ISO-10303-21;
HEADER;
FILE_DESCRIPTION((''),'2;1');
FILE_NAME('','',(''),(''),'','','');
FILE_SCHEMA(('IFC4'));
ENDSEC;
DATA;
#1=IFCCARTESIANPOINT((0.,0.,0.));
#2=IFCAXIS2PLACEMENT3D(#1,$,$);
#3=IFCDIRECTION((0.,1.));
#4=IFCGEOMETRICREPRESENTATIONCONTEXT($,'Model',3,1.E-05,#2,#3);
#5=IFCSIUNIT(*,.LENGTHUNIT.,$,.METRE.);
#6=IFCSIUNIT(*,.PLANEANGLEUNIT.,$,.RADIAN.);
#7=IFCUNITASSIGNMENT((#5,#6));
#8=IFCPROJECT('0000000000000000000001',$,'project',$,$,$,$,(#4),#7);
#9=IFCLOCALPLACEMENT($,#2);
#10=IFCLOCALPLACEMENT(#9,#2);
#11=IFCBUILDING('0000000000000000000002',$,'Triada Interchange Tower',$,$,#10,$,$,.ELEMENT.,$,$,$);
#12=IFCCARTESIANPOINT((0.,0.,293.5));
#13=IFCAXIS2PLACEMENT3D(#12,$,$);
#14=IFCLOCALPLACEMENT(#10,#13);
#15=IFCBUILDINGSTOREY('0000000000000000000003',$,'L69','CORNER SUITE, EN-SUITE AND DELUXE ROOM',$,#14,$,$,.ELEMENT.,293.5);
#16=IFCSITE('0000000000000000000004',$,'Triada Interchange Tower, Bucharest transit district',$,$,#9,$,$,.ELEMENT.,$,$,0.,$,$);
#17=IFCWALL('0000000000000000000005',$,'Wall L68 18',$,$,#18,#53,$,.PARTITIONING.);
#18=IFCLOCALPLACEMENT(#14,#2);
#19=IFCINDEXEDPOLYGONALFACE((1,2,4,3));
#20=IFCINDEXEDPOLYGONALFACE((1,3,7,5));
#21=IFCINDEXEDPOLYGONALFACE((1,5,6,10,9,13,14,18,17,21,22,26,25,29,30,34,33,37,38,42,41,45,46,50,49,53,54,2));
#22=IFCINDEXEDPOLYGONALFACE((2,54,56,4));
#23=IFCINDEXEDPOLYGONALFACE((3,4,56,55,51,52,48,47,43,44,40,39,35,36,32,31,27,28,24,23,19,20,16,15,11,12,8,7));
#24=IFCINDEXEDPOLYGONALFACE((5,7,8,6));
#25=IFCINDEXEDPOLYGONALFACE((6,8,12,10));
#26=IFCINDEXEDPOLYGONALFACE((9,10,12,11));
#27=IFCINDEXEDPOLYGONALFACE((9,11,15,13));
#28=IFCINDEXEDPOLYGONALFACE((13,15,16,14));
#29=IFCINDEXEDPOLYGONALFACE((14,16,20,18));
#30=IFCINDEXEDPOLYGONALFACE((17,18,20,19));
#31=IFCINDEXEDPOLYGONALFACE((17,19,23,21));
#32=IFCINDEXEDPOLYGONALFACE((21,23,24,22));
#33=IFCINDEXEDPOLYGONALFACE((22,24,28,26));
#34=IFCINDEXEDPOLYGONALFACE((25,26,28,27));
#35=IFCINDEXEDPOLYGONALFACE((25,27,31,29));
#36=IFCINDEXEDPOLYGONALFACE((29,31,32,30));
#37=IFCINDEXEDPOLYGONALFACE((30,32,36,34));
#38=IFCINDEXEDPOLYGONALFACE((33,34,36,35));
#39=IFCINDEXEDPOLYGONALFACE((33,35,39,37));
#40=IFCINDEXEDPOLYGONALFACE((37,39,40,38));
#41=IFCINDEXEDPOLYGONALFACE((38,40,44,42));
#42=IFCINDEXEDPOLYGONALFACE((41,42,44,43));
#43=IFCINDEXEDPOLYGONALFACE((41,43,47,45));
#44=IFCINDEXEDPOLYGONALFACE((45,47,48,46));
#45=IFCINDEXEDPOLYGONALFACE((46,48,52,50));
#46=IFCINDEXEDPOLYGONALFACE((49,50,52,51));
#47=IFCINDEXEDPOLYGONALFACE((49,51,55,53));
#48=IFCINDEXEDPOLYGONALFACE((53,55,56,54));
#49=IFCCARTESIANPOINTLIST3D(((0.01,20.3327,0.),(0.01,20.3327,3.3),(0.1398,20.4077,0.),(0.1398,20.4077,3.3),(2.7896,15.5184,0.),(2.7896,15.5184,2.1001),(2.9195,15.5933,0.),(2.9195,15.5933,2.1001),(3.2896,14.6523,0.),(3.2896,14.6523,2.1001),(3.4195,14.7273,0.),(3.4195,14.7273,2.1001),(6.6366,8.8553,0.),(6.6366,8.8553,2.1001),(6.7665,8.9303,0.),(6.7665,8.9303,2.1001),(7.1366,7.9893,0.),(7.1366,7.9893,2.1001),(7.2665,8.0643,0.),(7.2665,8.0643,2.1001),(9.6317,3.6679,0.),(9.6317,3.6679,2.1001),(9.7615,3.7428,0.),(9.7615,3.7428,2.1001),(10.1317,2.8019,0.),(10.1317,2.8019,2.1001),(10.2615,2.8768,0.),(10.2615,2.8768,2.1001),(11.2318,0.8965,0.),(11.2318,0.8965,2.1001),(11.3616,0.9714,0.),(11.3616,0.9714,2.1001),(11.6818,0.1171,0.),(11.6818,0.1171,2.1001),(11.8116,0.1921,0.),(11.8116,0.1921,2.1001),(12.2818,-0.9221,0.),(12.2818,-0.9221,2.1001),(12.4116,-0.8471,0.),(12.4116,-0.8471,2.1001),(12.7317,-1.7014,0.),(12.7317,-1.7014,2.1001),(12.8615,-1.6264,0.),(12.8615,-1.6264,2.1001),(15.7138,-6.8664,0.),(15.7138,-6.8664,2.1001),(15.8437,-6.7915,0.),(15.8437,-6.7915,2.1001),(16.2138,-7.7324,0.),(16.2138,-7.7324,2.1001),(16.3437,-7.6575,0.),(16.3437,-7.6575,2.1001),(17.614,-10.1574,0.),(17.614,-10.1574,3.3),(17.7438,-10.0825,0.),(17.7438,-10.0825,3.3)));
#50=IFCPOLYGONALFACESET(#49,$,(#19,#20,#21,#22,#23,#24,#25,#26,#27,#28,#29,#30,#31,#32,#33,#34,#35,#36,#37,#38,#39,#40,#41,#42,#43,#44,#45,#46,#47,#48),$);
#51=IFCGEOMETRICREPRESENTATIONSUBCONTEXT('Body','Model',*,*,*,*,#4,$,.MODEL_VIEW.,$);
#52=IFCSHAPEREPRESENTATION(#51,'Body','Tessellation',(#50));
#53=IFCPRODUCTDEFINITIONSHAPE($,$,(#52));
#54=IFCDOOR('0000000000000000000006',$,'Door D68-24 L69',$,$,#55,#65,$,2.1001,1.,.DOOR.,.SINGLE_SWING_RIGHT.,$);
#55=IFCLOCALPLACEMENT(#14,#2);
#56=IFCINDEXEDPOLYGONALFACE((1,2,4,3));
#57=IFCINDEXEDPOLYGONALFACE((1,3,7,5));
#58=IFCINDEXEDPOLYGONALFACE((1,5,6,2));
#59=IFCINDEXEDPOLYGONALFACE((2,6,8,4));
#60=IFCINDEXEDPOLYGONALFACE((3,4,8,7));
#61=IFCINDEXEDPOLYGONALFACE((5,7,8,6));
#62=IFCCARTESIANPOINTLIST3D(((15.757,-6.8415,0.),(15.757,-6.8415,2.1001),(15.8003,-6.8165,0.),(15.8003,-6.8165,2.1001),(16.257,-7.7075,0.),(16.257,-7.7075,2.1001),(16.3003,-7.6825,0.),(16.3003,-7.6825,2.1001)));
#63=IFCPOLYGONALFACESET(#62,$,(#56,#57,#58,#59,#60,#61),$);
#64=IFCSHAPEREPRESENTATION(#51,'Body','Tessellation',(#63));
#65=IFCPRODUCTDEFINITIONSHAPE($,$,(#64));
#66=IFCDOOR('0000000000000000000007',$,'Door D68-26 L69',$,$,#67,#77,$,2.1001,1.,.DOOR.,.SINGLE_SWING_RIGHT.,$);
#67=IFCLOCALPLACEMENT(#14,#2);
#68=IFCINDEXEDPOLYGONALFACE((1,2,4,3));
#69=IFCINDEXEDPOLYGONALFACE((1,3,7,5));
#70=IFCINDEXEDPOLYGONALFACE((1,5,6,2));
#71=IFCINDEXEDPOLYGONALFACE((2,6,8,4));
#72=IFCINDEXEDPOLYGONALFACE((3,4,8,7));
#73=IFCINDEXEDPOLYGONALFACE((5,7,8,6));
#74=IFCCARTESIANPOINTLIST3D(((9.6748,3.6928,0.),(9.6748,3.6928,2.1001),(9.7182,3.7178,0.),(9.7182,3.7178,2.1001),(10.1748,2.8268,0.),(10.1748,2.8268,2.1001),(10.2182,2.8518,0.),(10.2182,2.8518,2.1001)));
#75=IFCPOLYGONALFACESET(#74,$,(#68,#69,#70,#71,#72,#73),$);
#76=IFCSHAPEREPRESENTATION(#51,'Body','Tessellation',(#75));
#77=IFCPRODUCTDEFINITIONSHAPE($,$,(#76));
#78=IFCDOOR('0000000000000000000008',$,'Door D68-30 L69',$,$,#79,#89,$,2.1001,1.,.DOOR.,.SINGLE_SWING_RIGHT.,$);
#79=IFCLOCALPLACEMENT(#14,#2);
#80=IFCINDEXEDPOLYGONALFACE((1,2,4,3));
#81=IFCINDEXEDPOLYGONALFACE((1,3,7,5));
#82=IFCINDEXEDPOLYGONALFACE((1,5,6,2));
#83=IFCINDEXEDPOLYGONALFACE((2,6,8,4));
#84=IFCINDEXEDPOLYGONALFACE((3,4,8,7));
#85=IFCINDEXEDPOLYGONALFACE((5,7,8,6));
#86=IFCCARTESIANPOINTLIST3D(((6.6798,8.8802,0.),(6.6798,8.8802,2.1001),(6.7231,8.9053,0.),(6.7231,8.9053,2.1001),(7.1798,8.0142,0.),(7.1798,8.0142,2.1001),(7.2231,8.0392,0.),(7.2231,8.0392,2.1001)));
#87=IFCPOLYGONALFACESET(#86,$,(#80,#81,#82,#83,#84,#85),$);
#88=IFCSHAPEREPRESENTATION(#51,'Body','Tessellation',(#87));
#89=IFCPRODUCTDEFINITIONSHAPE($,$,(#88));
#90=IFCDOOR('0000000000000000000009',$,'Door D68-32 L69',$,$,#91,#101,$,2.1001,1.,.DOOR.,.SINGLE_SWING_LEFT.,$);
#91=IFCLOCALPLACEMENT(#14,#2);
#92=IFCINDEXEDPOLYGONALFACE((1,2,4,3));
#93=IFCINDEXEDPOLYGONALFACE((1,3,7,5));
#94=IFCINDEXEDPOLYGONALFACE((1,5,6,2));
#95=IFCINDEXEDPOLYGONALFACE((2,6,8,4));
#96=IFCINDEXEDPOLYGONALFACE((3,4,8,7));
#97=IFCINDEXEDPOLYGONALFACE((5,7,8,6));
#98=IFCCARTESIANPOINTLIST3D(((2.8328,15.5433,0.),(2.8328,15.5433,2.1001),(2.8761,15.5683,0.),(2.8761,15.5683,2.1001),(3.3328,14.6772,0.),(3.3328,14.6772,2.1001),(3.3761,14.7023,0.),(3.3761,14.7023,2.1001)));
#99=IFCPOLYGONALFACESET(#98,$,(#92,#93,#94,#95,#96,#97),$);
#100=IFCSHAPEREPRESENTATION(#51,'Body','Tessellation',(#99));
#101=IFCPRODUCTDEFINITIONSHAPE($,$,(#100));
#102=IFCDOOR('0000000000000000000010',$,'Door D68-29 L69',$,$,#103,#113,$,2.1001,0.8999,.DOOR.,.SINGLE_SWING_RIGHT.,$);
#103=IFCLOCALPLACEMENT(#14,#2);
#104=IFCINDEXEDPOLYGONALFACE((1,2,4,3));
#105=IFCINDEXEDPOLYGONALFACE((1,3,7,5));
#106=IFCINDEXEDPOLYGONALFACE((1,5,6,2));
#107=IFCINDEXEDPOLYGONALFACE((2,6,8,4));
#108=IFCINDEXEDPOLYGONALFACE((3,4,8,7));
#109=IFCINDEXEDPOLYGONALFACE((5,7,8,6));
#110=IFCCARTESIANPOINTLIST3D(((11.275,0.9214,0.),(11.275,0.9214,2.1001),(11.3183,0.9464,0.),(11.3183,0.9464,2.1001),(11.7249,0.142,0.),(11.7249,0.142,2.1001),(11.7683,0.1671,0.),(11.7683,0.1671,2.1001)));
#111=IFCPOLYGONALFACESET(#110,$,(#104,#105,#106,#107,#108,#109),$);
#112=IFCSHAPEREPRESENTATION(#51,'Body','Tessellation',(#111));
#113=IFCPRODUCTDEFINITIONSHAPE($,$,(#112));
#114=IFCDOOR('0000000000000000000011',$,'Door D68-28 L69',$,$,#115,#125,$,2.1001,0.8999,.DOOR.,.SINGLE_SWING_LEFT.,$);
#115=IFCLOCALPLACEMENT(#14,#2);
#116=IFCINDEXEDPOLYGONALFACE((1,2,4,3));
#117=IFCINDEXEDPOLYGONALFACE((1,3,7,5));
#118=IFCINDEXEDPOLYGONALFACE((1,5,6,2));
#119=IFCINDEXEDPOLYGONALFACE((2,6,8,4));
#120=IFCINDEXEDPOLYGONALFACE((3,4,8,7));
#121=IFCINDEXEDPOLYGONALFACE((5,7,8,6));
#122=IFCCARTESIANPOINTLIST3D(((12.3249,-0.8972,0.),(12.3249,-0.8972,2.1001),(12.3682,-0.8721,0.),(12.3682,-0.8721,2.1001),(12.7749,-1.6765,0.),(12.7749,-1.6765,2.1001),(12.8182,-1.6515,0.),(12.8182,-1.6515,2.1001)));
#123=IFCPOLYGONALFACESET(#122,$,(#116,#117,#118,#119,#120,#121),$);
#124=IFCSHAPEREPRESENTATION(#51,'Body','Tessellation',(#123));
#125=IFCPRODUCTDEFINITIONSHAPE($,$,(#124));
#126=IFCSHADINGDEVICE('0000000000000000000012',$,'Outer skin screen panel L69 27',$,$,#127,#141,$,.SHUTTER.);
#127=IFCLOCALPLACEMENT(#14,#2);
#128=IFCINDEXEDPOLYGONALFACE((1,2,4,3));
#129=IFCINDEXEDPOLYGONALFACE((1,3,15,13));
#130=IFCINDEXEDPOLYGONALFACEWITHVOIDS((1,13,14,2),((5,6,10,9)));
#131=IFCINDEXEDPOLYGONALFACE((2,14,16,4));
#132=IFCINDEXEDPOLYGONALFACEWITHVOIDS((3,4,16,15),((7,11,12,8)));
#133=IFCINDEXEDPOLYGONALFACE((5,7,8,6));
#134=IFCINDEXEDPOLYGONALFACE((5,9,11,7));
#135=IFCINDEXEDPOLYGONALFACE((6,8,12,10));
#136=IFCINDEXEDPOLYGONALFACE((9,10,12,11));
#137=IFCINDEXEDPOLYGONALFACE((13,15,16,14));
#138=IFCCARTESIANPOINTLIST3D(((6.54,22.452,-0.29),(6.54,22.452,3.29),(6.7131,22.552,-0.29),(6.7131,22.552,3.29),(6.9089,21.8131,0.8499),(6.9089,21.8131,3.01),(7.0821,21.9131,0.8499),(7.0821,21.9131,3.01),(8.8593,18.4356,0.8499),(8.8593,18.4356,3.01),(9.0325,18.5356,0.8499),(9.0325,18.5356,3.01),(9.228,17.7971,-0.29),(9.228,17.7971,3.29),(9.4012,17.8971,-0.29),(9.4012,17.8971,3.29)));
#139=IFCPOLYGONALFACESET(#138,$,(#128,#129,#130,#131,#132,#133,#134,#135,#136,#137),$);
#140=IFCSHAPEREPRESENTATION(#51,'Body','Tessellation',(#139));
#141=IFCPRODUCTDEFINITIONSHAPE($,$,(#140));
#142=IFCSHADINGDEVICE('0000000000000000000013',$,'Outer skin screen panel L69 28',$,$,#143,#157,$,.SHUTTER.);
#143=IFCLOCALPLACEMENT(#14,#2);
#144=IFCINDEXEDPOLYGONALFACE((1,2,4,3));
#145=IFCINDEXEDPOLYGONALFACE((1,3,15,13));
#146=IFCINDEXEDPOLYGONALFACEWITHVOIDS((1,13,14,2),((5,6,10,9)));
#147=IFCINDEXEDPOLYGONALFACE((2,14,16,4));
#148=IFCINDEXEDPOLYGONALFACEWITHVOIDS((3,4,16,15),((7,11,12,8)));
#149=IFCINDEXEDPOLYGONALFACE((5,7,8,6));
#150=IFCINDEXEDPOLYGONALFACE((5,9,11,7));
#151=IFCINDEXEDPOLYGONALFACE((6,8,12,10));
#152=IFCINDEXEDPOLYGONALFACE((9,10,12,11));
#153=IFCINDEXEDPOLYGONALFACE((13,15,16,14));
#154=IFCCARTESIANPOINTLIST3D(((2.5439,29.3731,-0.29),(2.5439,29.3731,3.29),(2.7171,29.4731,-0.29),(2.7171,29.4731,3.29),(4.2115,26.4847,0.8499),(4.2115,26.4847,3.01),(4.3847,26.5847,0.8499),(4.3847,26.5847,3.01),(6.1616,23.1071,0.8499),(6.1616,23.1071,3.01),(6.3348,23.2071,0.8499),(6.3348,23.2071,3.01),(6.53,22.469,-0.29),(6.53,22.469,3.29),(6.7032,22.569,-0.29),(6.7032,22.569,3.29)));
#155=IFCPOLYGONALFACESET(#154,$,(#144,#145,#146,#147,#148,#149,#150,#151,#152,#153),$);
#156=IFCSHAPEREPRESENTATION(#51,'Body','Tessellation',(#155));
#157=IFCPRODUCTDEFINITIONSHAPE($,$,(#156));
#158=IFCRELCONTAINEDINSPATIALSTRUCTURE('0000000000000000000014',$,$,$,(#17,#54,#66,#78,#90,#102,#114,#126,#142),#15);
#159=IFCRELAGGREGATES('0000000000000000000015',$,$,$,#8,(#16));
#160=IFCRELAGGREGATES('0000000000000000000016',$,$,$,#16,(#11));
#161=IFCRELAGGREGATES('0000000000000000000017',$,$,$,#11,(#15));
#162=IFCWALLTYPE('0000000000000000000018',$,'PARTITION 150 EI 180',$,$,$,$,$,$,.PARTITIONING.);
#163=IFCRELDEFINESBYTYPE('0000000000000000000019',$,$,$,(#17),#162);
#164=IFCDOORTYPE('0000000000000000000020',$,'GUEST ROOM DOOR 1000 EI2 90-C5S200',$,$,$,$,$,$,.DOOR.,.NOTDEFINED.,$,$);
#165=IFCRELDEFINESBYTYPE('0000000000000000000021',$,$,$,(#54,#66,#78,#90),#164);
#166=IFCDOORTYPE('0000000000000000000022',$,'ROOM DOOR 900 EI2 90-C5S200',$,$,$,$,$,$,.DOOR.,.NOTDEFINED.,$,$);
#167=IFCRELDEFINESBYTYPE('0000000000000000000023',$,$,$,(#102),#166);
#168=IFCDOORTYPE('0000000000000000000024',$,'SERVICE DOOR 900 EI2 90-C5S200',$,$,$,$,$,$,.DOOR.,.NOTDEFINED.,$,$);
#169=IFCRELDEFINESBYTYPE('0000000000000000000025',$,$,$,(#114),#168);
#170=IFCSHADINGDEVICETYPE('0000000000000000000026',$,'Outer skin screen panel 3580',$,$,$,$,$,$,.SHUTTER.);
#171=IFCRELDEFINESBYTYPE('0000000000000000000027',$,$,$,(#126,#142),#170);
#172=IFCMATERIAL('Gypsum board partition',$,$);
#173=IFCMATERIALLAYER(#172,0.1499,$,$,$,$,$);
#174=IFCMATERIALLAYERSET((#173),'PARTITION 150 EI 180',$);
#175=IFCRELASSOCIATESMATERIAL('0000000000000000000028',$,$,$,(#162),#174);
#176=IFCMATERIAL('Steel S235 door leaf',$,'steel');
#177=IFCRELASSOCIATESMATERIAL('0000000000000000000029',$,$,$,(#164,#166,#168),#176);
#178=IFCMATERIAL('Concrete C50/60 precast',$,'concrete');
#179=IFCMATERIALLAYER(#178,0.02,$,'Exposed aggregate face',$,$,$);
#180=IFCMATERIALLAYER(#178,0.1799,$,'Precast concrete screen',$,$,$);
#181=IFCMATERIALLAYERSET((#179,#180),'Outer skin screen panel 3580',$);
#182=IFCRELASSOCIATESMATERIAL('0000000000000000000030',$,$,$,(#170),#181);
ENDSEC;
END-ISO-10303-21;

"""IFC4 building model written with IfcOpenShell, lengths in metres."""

from ifc_helpers import new_model, si_unit, direction, frame, frame_2d, origin, place, context, subcontext, project, spatial, polyline, rectangle, outline, extrude, material, layer, layer_set, type_object, element, fill, save


model = new_model("IFC4")

# Units and contexts
model_context = context("Model", 3, precision=1e-05, world=origin(), true_north=direction((0.0, 1.0)))
body_context = subcontext(model_context, "Body", "Model", "MODEL_VIEW")
ifc_project = project(units=[si_unit("LENGTHUNIT", "METRE"), si_unit("PLANEANGLEUNIT", "RADIAN")], contexts=[model_context])

# Site, building, storey
site_placement = place(None, origin())
site = spatial("IfcSite", under=ifc_project, at=site_placement, Name="Triada Interchange Tower, Bucharest transit district", CompositionType="ELEMENT", RefElevation=0.0)
building_placement = place(site_placement, origin())
building = spatial("IfcBuilding", under=site, at=building_placement, Name="Triada Interchange Tower", CompositionType="ELEMENT")
storey_placement = place(building_placement, frame((0.0, 0.0, 293.5)))
storey = spatial("IfcBuildingStorey", under=building, at=storey_placement, Name="L69", Description="CORNER SUITE, EN-SUITE AND DELUXE ROOM", CompositionType="ELEMENT", Elevation=293.5)

# Shared definitions
ifc_material_1 = material(Name="Gypsum board partition")
ifc_layer_1 = layer(ifc_material_1, 0.1499)
ifc_layer_set_1 = layer_set([ifc_layer_1], Name="PARTITION 150 EI 180")
wall_type_1 = type_object("IfcWallType", Name="PARTITION 150 EI 180", PredefinedType="PARTITIONING", material=ifc_layer_set_1)

# Wall, openings, doors
wall_1_placement = place(storey_placement, frame((0.075, 20.3701, 0.0), z_axis=(0.0, 0.0, 1.0), x_axis=(0.50001, -0.86602, 0.0)))
wall_1 = element("IfcWall", 1, at=wall_1_placement, inside=storey, type_object=wall_type_1, Name="Wall L68 18", PredefinedType="PARTITIONING", context=body_context, shape_type="SweptSolid", body=[
    extrude(rectangle(XDim=35.2073, YDim=0.1499, at=frame_2d((17.6035, 0.0))), origin(), (0.0, 0.0, 1.0), 3.3),
])
opening_1_placement = place(wall_1_placement, frame((31.407, 0.0, 0.0)))
opening_1 = element("IfcOpeningElement", 2, at=opening_1_placement, cuts=wall_1, PredefinedType="OPENING", context=body_context, shape_type="SweptSolid", body=[
    extrude(rectangle(XDim=1.0, YDim=2.1001, at=frame_2d((0.5, 1.05))), frame((0.0, 0.085, 0.0), z_axis=(0.0, -1.0, 0.0), x_axis=(1.0, 0.0, 0.0)), (0.0, 0.0, 1.0), 0.1699),
])
opening_2_placement = place(wall_1_placement, frame((19.2429, 0.0, 0.0)))
opening_2 = element("IfcOpeningElement", 3, at=opening_2_placement, cuts=wall_1, PredefinedType="OPENING", context=body_context, shape_type="SweptSolid", body=[
    extrude(rectangle(XDim=1.0, YDim=2.1001, at=frame_2d((0.5, 1.05))), frame((0.0, 0.085, 0.0), z_axis=(0.0, -1.0, 0.0), x_axis=(1.0, 0.0, 0.0)), (0.0, 0.0, 1.0), 0.1699),
])
opening_3_placement = place(wall_1_placement, frame((24.543, 0.0, 0.0)))
opening_3 = element("IfcOpeningElement", 4, at=opening_3_placement, cuts=wall_1, PredefinedType="OPENING", context=body_context, shape_type="SweptSolid", body=[
    extrude(rectangle(XDim=0.8999, YDim=2.1001, at=frame_2d((0.45, 1.05))), frame((0.0, 0.085, 0.0), z_axis=(0.0, -1.0, 0.0), x_axis=(1.0, 0.0, 0.0)), (0.0, 0.0, 1.0), 0.1699),
])
opening_4_placement = place(wall_1_placement, frame((22.4431, 0.0, 0.0)))
opening_4 = element("IfcOpeningElement", 5, at=opening_4_placement, cuts=wall_1, PredefinedType="OPENING", context=body_context, shape_type="SweptSolid", body=[
    extrude(rectangle(XDim=0.8999, YDim=2.1001, at=frame_2d((0.45, 1.05))), frame((0.0, 0.085, 0.0), z_axis=(0.0, -1.0, 0.0), x_axis=(1.0, 0.0, 0.0)), (0.0, 0.0, 1.0), 0.1699),
])
opening_5_placement = place(wall_1_placement, frame((13.2529, 0.0, 0.0)))
opening_5 = element("IfcOpeningElement", 6, at=opening_5_placement, cuts=wall_1, PredefinedType="OPENING", context=body_context, shape_type="SweptSolid", body=[
    extrude(rectangle(XDim=1.0, YDim=2.1001, at=frame_2d((0.5, 1.05))), frame((0.0, 0.085, 0.0), z_axis=(0.0, -1.0, 0.0), x_axis=(1.0, 0.0, 0.0)), (0.0, 0.0, 1.0), 0.1699),
])
opening_6_placement = place(wall_1_placement, frame((5.5591, 0.0, 0.0)))
opening_6 = element("IfcOpeningElement", 7, at=opening_6_placement, cuts=wall_1, PredefinedType="OPENING", context=body_context, shape_type="SweptSolid", body=[
    extrude(rectangle(XDim=1.0, YDim=2.1001, at=frame_2d((0.5, 1.05))), frame((0.0, 0.085, 0.0), z_axis=(0.0, -1.0, 0.0), x_axis=(1.0, 0.0, 0.0)), (0.0, 0.0, 1.0), 0.1699),
])
ifc_material_2 = material(Name="Steel S235 door leaf", Category="steel")
door_type_1 = type_object("IfcDoorType", Name="GUEST ROOM DOOR 1000 EI2 90-C5S200", OperationType="NOTDEFINED", PredefinedType="DOOR", material=ifc_material_2)
door_1_placement = place(opening_1_placement, origin())
door_1 = element("IfcDoor", 8, at=door_1_placement, inside=storey, type_object=door_type_1, Name="Door D68-24 L69", OperationType="SINGLE_SWING_RIGHT", OverallHeight=2.1001, OverallWidth=1.0, PredefinedType="DOOR", context=body_context, shape_type="SweptSolid", body=[
    extrude(rectangle(XDim=1.0, YDim=2.1001, at=frame_2d((0.5, 1.05))), frame((0.0, 0.0249, 0.0), z_axis=(0.0, -1.0, 0.0), x_axis=(1.0, 0.0, 0.0)), (0.0, 0.0, 1.0), 0.05),
])
fill(opening_1, door_1)
door_2_placement = place(opening_2_placement, origin())
door_2 = element("IfcDoor", 9, at=door_2_placement, inside=storey, type_object=door_type_1, Name="Door D68-26 L69", OperationType="SINGLE_SWING_RIGHT", OverallHeight=2.1001, OverallWidth=1.0, PredefinedType="DOOR", context=body_context, shape_type="SweptSolid", body=[
    extrude(rectangle(XDim=1.0, YDim=2.1001, at=frame_2d((0.5, 1.05))), frame((0.0, 0.0249, 0.0), z_axis=(0.0, -1.0, 0.0), x_axis=(1.0, 0.0, 0.0)), (0.0, 0.0, 1.0), 0.05),
])
fill(opening_2, door_2)
door_3_placement = place(opening_5_placement, origin())
door_3 = element("IfcDoor", 10, at=door_3_placement, inside=storey, type_object=door_type_1, Name="Door D68-30 L69", OperationType="SINGLE_SWING_RIGHT", OverallHeight=2.1001, OverallWidth=1.0, PredefinedType="DOOR", context=body_context, shape_type="SweptSolid", body=[
    extrude(rectangle(XDim=1.0, YDim=2.1001, at=frame_2d((0.5, 1.05))), frame((0.0, 0.0249, 0.0), z_axis=(0.0, -1.0, 0.0), x_axis=(1.0, 0.0, 0.0)), (0.0, 0.0, 1.0), 0.05),
])
fill(opening_5, door_3)
door_4_placement = place(opening_6_placement, origin())
door_4 = element("IfcDoor", 11, at=door_4_placement, inside=storey, type_object=door_type_1, Name="Door D68-32 L69", OperationType="SINGLE_SWING_LEFT", OverallHeight=2.1001, OverallWidth=1.0, PredefinedType="DOOR", context=body_context, shape_type="SweptSolid", body=[
    extrude(rectangle(XDim=1.0, YDim=2.1001, at=frame_2d((0.5, 1.05))), frame((0.0, 0.0249, 0.0), z_axis=(0.0, -1.0, 0.0), x_axis=(1.0, 0.0, 0.0)), (0.0, 0.0, 1.0), 0.05),
])
fill(opening_6, door_4)
door_type_2 = type_object("IfcDoorType", Name="ROOM DOOR 900 EI2 90-C5S200", OperationType="NOTDEFINED", PredefinedType="DOOR", material=ifc_material_2)
door_5_placement = place(opening_4_placement, origin())
door_5 = element("IfcDoor", 12, at=door_5_placement, inside=storey, type_object=door_type_2, Name="Door D68-29 L69", OperationType="SINGLE_SWING_RIGHT", OverallHeight=2.1001, OverallWidth=0.8999, PredefinedType="DOOR", context=body_context, shape_type="SweptSolid", body=[
    extrude(rectangle(XDim=0.8999, YDim=2.1001, at=frame_2d((0.45, 1.05))), frame((0.0, 0.0249, 0.0), z_axis=(0.0, -1.0, 0.0), x_axis=(1.0, 0.0, 0.0)), (0.0, 0.0, 1.0), 0.05),
])
fill(opening_4, door_5)
door_type_3 = type_object("IfcDoorType", Name="SERVICE DOOR 900 EI2 90-C5S200", OperationType="NOTDEFINED", PredefinedType="DOOR", material=ifc_material_2)
door_6_placement = place(opening_3_placement, origin())
door_6 = element("IfcDoor", 13, at=door_6_placement, inside=storey, type_object=door_type_3, Name="Door D68-28 L69", OperationType="SINGLE_SWING_LEFT", OverallHeight=2.1001, OverallWidth=0.8999, PredefinedType="DOOR", context=body_context, shape_type="SweptSolid", body=[
    extrude(rectangle(XDim=0.8999, YDim=2.1001, at=frame_2d((0.45, 1.05))), frame((0.0, 0.0249, 0.0), z_axis=(0.0, -1.0, 0.0), x_axis=(1.0, 0.0, 0.0)), (0.0, 0.0, 1.0), 0.05),
])
fill(opening_3, door_6)

# Shading devices
ifc_material_3 = material(Name="Concrete C50/60 precast", Category="concrete")
ifc_layer_2 = layer(ifc_material_3, 0.02, Name="Exposed aggregate face")
ifc_layer_3 = layer(ifc_material_3, 0.1799, Name="Precast concrete screen")
ifc_layer_set_2 = layer_set([ifc_layer_2, ifc_layer_3], Name="Outer skin screen panel 3580")
shading_device_type = type_object("IfcShadingDeviceType", Name="Outer skin screen panel 3580", PredefinedType="SHUTTER", material=ifc_layer_set_2)
shading_device_1_placement = place(storey_placement, frame((9.228, 17.7971, -0.29), z_axis=(0.0, 0.0, 1.0), x_axis=(-0.500076, 0.865981, 0.0)))
element("IfcShadingDevice", 14, at=shading_device_1_placement, inside=storey, type_object=shading_device_type, Name="Outer skin screen panel L69 27", PredefinedType="SHUTTER", context=body_context, shape_type="SweptSolid", body=[
    extrude(outline(polyline([(0.0, 0.0), (5.3752, 0.0), (5.3752, 3.5801), (0.0, 3.5801), (0.0, 0.0)]), holes=[polyline([(0.7373, 1.1399), (0.7373, 3.3), (4.6375, 3.3), (4.6375, 1.1399), (0.7373, 1.1399)])]), frame((0.0, 0.0, 0.0), z_axis=(0.0, -1.0, 0.0), x_axis=(1.0, 0.0, 0.0)), (0.0, 0.0, 1.0), 0.2),
])
shading_device_2_placement = place(storey_placement, frame((6.53, 22.469, -0.29), z_axis=(0.0, 0.0, 1.0), x_axis=(-0.500003, 0.866024, 0.0)))
element("IfcShadingDevice", 15, at=shading_device_2_placement, inside=storey, type_object=shading_device_type, Name="Outer skin screen panel L69 28", PredefinedType="SHUTTER", context=body_context, shape_type="SweptSolid", body=[
    extrude(outline(polyline([(0.0, 0.0), (7.9722, 0.0), (7.9722, 3.5801), (0.0, 3.5801), (0.0, 0.0)]), holes=[polyline([(0.7368, 1.1399), (0.7368, 3.3), (4.637, 3.3), (4.637, 1.1399), (0.7368, 1.1399)])]), frame((0.0, 0.0, 0.0), z_axis=(0.0, -1.0, 0.0), x_axis=(1.0, 0.0, 0.0)), (0.0, 0.0, 1.0), 0.2),
])

save(model, "model.ifc")
